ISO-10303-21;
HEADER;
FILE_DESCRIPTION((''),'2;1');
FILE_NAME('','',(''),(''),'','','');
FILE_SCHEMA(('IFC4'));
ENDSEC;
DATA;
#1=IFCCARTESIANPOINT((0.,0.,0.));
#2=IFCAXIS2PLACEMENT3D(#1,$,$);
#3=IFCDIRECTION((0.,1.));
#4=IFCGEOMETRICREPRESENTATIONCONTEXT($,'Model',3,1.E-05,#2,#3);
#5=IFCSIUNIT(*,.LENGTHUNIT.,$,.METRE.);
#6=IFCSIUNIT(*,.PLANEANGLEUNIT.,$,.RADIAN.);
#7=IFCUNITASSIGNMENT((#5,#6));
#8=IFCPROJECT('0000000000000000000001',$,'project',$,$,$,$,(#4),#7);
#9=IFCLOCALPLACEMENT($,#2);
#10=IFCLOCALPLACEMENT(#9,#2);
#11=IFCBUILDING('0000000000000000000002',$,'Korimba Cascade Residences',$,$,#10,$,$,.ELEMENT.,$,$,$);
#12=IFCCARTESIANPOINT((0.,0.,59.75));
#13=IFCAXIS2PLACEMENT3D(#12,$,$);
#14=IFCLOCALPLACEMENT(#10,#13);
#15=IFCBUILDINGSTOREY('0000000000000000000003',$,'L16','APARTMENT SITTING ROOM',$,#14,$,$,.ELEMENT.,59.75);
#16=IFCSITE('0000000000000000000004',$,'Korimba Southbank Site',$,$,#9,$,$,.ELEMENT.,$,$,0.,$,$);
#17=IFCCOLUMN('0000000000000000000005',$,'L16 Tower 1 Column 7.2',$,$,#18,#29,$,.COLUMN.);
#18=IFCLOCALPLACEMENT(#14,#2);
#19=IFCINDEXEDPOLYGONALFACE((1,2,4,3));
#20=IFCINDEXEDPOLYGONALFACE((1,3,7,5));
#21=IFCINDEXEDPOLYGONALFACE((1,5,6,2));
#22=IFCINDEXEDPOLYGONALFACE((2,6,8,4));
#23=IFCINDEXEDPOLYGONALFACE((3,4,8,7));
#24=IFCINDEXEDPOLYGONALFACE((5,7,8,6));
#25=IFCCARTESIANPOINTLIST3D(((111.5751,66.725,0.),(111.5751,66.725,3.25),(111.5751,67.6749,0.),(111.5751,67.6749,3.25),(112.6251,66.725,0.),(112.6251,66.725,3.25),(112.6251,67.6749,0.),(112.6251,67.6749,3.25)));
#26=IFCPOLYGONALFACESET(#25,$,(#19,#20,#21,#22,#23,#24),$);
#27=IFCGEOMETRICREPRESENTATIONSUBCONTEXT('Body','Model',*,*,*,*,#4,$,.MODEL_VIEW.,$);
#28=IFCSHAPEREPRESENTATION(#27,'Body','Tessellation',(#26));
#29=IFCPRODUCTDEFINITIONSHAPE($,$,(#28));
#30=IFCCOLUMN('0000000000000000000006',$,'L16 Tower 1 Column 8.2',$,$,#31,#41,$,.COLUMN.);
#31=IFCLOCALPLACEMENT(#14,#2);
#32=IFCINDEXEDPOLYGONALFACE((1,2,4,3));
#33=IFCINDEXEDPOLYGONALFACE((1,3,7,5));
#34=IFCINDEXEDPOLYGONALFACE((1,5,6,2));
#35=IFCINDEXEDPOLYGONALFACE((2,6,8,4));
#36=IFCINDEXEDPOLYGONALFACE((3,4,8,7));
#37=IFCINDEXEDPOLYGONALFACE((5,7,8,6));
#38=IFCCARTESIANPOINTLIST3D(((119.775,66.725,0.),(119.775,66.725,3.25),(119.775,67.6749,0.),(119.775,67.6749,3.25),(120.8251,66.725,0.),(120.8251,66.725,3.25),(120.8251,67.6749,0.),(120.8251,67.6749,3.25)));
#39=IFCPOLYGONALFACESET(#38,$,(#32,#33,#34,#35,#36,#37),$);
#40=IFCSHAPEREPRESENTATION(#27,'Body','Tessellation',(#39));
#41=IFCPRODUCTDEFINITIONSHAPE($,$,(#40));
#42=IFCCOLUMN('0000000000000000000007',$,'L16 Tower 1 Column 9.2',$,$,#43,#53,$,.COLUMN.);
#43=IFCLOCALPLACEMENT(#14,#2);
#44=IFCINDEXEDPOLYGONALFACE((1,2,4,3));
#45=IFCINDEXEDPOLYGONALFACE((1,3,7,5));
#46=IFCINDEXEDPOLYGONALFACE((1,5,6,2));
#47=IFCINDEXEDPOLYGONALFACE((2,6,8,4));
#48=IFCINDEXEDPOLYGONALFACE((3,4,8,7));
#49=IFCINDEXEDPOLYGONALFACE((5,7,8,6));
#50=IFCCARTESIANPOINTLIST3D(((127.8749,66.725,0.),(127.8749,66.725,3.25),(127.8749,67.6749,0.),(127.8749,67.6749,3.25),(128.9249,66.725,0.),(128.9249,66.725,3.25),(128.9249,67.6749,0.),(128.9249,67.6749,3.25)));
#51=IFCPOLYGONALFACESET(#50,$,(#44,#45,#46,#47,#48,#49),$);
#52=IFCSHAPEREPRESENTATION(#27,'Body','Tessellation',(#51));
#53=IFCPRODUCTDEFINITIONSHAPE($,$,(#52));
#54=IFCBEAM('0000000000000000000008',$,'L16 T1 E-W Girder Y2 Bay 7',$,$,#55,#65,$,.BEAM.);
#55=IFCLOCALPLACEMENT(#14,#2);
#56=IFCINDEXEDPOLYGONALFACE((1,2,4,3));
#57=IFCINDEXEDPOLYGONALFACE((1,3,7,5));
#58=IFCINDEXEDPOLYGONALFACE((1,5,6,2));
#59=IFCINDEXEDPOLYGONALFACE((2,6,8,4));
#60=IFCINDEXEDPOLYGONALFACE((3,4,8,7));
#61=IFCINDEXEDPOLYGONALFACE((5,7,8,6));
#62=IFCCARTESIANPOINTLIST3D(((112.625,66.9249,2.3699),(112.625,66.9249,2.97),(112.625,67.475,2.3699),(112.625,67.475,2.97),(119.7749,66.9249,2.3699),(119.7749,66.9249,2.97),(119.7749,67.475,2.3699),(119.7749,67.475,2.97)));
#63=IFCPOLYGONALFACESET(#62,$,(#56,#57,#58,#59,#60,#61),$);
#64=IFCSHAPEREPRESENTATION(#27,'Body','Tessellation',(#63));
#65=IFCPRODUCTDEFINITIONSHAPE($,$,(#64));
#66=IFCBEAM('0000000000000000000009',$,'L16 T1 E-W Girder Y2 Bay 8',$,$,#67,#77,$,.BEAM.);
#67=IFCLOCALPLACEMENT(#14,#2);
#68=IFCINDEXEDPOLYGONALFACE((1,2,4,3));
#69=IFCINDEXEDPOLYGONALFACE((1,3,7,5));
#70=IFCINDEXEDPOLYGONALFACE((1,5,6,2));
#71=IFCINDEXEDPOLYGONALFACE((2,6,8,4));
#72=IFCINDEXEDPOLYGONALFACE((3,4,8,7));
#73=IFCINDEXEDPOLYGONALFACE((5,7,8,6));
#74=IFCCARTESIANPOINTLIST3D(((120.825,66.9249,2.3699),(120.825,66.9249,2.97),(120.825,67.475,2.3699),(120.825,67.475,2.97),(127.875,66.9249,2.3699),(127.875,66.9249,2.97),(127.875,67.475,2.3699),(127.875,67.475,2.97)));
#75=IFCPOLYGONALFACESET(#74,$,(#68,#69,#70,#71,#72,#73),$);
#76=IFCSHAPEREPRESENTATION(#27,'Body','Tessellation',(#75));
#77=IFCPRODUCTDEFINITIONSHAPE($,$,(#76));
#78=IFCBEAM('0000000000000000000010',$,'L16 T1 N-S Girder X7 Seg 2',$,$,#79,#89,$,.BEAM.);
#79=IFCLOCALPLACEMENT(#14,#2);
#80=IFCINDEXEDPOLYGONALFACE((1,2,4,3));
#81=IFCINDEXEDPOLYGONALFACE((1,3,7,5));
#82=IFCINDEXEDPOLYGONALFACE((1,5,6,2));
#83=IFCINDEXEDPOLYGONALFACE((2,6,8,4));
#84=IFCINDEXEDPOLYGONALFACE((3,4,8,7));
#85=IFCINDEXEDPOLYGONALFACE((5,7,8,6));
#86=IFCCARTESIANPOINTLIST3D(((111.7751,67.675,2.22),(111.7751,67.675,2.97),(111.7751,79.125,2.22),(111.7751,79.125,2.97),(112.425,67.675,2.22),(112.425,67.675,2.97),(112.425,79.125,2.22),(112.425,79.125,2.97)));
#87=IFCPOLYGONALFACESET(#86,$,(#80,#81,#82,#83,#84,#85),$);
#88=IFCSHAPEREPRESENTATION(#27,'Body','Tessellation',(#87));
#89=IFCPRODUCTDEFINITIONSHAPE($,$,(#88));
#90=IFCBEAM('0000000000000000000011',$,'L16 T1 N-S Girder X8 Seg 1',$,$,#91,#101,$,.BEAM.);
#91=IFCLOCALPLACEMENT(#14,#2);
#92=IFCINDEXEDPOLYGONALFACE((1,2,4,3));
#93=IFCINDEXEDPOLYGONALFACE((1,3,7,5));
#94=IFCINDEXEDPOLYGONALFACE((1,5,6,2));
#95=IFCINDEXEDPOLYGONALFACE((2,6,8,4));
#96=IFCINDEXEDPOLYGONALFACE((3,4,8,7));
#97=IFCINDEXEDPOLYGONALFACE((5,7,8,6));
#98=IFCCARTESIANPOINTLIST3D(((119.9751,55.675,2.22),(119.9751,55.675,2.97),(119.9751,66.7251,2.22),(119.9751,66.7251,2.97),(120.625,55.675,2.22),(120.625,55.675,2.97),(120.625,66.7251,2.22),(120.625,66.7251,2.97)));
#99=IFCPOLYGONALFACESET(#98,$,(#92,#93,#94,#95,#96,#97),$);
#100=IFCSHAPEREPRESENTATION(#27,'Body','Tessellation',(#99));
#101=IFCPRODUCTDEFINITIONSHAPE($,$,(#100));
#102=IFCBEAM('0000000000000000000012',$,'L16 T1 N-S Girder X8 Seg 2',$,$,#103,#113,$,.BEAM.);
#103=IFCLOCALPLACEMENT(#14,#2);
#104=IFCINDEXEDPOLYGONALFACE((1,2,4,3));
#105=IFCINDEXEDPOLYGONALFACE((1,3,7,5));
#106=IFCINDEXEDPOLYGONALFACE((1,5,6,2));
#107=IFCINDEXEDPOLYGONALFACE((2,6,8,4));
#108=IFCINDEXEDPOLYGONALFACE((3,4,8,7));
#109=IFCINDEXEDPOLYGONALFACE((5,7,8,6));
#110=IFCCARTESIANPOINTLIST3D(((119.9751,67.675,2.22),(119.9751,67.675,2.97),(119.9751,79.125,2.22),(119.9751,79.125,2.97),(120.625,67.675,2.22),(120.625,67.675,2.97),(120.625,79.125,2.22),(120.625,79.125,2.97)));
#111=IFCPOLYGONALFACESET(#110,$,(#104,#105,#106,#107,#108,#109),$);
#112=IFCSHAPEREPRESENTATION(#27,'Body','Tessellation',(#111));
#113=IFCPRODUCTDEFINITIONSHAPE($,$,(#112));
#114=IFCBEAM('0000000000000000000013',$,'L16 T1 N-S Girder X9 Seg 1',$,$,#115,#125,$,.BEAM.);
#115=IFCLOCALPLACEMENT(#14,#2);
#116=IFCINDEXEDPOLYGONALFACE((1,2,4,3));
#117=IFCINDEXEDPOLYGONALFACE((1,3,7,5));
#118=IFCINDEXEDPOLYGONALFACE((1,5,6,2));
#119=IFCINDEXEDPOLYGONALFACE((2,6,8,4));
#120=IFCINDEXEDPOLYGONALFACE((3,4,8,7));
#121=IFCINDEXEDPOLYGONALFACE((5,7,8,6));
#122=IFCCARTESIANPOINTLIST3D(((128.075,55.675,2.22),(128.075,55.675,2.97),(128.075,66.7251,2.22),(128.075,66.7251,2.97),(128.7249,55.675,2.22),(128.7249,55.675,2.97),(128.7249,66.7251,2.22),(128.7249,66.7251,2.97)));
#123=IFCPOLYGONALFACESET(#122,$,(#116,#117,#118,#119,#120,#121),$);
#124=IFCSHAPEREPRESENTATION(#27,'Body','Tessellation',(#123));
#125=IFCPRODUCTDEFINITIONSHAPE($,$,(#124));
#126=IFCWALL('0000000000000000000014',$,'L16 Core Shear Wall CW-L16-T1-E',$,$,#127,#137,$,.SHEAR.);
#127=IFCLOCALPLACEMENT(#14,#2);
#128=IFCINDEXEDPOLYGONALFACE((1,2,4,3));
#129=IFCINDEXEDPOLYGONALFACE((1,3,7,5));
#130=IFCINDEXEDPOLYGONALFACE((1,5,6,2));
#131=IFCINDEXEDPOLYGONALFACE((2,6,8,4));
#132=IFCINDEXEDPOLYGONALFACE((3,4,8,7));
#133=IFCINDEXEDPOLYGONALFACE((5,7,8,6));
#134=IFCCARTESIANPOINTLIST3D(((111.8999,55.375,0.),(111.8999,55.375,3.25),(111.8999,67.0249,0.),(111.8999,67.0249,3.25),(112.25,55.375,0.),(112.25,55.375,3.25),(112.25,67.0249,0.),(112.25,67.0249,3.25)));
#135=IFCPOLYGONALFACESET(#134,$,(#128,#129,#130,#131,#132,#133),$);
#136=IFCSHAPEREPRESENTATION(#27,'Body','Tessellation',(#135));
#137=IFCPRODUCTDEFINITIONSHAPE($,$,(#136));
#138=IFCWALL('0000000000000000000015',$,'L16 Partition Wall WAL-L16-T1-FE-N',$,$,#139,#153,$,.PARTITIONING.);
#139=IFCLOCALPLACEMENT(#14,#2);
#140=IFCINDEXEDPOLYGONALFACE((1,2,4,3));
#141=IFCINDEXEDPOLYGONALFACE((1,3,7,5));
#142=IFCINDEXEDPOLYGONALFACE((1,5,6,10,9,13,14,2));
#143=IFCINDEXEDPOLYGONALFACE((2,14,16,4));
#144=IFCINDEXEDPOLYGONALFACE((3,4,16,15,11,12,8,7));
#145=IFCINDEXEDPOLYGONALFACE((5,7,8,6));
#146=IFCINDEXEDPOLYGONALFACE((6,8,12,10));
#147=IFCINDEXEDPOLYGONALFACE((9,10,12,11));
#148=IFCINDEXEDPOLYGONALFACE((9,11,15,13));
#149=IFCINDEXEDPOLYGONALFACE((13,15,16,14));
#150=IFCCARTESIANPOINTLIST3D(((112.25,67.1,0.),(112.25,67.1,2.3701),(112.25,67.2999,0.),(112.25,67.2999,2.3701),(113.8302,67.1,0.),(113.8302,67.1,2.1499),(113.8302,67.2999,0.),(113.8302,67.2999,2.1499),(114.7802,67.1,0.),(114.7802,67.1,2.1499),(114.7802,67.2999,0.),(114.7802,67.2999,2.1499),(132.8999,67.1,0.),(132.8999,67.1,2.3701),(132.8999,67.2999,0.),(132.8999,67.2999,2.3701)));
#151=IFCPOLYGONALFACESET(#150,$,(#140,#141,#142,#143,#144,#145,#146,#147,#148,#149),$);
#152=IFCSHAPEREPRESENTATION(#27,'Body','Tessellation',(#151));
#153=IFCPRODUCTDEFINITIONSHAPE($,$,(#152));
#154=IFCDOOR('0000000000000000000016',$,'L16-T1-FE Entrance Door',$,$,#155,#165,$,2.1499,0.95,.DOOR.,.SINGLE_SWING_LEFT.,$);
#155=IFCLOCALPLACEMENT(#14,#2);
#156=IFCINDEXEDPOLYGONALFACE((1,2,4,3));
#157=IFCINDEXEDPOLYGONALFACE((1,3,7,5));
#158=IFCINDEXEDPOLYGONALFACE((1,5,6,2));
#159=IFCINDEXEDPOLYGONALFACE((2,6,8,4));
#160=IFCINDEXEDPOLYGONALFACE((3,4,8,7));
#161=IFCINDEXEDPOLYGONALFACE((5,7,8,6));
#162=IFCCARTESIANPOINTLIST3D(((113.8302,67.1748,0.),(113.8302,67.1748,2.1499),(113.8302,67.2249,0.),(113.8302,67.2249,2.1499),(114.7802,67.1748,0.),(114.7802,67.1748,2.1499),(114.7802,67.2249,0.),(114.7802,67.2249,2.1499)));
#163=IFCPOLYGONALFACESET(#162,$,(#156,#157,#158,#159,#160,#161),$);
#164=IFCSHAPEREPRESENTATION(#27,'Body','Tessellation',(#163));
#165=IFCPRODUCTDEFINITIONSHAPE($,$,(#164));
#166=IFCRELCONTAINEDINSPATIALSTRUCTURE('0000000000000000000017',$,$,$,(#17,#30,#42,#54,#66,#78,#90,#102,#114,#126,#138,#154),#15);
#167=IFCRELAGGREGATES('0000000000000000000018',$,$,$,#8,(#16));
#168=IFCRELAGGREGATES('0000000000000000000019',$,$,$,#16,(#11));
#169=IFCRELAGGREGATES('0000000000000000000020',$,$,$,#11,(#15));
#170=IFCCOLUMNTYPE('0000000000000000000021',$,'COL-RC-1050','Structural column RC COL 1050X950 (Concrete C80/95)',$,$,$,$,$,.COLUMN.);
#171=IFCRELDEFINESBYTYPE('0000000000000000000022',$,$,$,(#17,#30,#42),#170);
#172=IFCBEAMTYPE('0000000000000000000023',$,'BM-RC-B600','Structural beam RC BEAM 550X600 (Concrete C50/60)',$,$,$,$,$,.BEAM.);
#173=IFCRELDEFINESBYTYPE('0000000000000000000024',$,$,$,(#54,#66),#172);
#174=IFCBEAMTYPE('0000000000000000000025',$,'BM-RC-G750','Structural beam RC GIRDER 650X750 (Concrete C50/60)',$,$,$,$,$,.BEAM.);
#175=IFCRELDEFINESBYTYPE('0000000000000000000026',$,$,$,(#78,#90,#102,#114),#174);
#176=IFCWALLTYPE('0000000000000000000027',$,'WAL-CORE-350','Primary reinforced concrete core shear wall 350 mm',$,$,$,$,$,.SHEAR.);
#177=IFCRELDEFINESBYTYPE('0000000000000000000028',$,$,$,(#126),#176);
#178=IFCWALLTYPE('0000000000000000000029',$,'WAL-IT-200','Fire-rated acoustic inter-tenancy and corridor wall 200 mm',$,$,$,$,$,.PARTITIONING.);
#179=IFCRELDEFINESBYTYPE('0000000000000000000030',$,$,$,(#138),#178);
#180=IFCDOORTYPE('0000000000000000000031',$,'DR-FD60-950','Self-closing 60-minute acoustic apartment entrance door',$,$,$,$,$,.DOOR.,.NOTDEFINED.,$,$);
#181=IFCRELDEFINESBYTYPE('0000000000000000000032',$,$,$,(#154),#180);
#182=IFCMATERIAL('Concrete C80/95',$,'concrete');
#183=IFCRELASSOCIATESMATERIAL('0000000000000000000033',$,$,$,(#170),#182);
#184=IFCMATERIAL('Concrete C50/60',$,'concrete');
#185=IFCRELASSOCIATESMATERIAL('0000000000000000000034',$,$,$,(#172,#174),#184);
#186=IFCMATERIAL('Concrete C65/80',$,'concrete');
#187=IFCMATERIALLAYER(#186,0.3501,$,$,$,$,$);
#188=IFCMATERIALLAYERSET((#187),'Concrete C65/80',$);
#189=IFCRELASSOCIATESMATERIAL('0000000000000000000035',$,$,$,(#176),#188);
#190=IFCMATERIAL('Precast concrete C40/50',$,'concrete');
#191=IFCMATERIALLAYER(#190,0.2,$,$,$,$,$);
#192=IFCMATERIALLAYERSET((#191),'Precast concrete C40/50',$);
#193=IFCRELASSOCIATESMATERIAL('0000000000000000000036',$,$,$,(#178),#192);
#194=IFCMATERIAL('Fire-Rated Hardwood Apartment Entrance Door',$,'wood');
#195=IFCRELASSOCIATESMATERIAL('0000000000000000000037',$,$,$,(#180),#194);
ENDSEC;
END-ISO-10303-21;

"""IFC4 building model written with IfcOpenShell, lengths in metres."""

from ifc_helpers import new_model, si_unit, direction, frame, frame_2d, origin, origin_2d, place, context, subcontext, project, spatial, rectangle, extrude, material, layer, layer_set, material_profile, profile_set, type_object, element, fill, save


model = new_model("IFC4")

# Units and contexts
model_context = context("Model", 3, precision=1e-05, world=origin(), true_north=direction((0.0, 1.0)))
body_context = subcontext(model_context, "Body", "Model", "MODEL_VIEW")
ifc_project = project(units=[si_unit("LENGTHUNIT", "METRE"), si_unit("PLANEANGLEUNIT", "RADIAN")], contexts=[model_context])

# Site, building, storey
site_placement = place(None, origin())
site = spatial("IfcSite", under=ifc_project, at=site_placement, Name="Korimba Southbank Site", CompositionType="ELEMENT", RefElevation=0.0)
building_placement = place(site_placement, origin())
building = spatial("IfcBuilding", under=site, at=building_placement, Name="Korimba Cascade Residences", CompositionType="ELEMENT")
storey_placement = place(building_placement, frame((0.0, 0.0, 59.75)))
storey = spatial("IfcBuildingStorey", under=building, at=storey_placement, Name="L16", Description="APARTMENT SITTING ROOM", CompositionType="ELEMENT", Elevation=59.75)

# Columns
ifc_material_1 = material(Name="Concrete C80/95", Category="concrete")
ifc_material_profile_1 = material_profile(ifc_material_1, rectangle(XDim=1.05, YDim=0.95, at=origin_2d()), Name="Concrete C80/95")
ifc_profile_set_1 = profile_set([ifc_material_profile_1], Name="Concrete C80/95")
column_type = type_object("IfcColumnType", Name="COL-RC-1050", Description="Structural column RC COL 1050X950 (Concrete C80/95)", PredefinedType="COLUMN", material=ifc_profile_set_1)
for number, where, z_axis, x_axis, name in (
    (1, (112.1001, 67.2, 0.0), (0.0, 0.0, 1.0), (1.0, 0.0, 0.0), "L16 Tower 1 Column 7.2"),
    (2, (120.3, 67.2, 0.0), (0.0, 0.0, 1.0), (1.0, 0.0, 0.0), "L16 Tower 1 Column 8.2"),
    (3, (128.3999, 67.2, 0.0), (0.0, 0.0, 1.0), (1.0, 0.0, 0.0), "L16 Tower 1 Column 9.2"),
):
    element("IfcColumn", number, at=place(storey_placement, frame(where, z_axis=z_axis, x_axis=x_axis)), inside=storey, type_object=column_type, Name=name, PredefinedType="COLUMN", context=body_context, shape_type="SweptSolid", body=[
        extrude(rectangle(XDim=1.05, YDim=0.95, at=origin_2d()), origin(), (0.0, 0.0, 1.0), 3.25),
    ])

# Beams
ifc_material_2 = material(Name="Concrete C50/60", Category="concrete")
ifc_material_profile_2 = material_profile(ifc_material_2, rectangle(XDim=0.55, YDim=0.6001, at=origin_2d()), Name="Concrete C50/60")
ifc_profile_set_2 = profile_set([ifc_material_profile_2], Name="Concrete C50/60")
beam_type_1 = type_object("IfcBeamType", Name="BM-RC-B600", Description="Structural beam RC BEAM 550X600 (Concrete C50/60)", PredefinedType="BEAM", material=ifc_profile_set_2)
beam_1_placement = place(storey_placement, frame((112.625, 67.2, 2.6699), z_axis=(1.0, 0.0, 0.0), x_axis=(0.0, 1.0, 0.0)))
element("IfcBeam", 4, at=beam_1_placement, inside=storey, type_object=beam_type_1, Name="L16 T1 E-W Girder Y2 Bay 7", PredefinedType="BEAM", context=body_context, shape_type="SweptSolid", body=[
    extrude(rectangle(XDim=0.55, YDim=0.6001, at=origin_2d()), origin(), (0.0, 0.0, 1.0), 7.1499),
])
beam_2_placement = place(storey_placement, frame((120.825, 67.2, 2.6699), z_axis=(1.0, 0.0, 0.0), x_axis=(0.0, 1.0, 0.0)))
element("IfcBeam", 5, at=beam_2_placement, inside=storey, type_object=beam_type_1, Name="L16 T1 E-W Girder Y2 Bay 8", PredefinedType="BEAM", context=body_context, shape_type="SweptSolid", body=[
    extrude(rectangle(XDim=0.55, YDim=0.6001, at=origin_2d()), origin(), (0.0, 0.0, 1.0), 7.05),
])
ifc_material_profile_3 = material_profile(ifc_material_2, rectangle(XDim=0.6499, YDim=0.75, at=origin_2d()), Name="Concrete C50/60")
ifc_profile_set_3 = profile_set([ifc_material_profile_3], Name="Concrete C50/60")
beam_type_2 = type_object("IfcBeamType", Name="BM-RC-G750", Description="Structural beam RC GIRDER 650X750 (Concrete C50/60)", PredefinedType="BEAM", material=ifc_profile_set_3)
beam_3_placement = place(storey_placement, frame((112.1001, 67.675, 2.595), z_axis=(0.0, 1.0, 0.0), x_axis=(-1.0, 0.0, 0.0)))
element("IfcBeam", 6, at=beam_3_placement, inside=storey, type_object=beam_type_2, Name="L16 T1 N-S Girder X7 Seg 2", PredefinedType="BEAM", context=body_context, shape_type="SweptSolid", body=[
    extrude(rectangle(XDim=0.6499, YDim=0.75, at=origin_2d()), origin(), (0.0, 0.0, 1.0), 11.45),
])
beam_4_placement = place(storey_placement, frame((120.3, 55.675, 2.595), z_axis=(0.0, 1.0, 0.0), x_axis=(-1.0, 0.0, 0.0)))
element("IfcBeam", 7, at=beam_4_placement, inside=storey, type_object=beam_type_2, Name="L16 T1 N-S Girder X8 Seg 1", PredefinedType="BEAM", context=body_context, shape_type="SweptSolid", body=[
    extrude(rectangle(XDim=0.6499, YDim=0.75, at=origin_2d()), origin(), (0.0, 0.0, 1.0), 11.05),
])
beam_5_placement = place(storey_placement, frame((120.3, 67.675, 2.595), z_axis=(0.0, 1.0, 0.0), x_axis=(-1.0, 0.0, 0.0)))
element("IfcBeam", 8, at=beam_5_placement, inside=storey, type_object=beam_type_2, Name="L16 T1 N-S Girder X8 Seg 2", PredefinedType="BEAM", context=body_context, shape_type="SweptSolid", body=[
    extrude(rectangle(XDim=0.6499, YDim=0.75, at=origin_2d()), origin(), (0.0, 0.0, 1.0), 11.45),
])
beam_6_placement = place(storey_placement, frame((128.3999, 55.675, 2.595), z_axis=(0.0, 1.0, 0.0), x_axis=(-1.0, 0.0, 0.0)))
element("IfcBeam", 9, at=beam_6_placement, inside=storey, type_object=beam_type_2, Name="L16 T1 N-S Girder X9 Seg 1", PredefinedType="BEAM", context=body_context, shape_type="SweptSolid", body=[
    extrude(rectangle(XDim=0.6499, YDim=0.75, at=origin_2d()), origin(), (0.0, 0.0, 1.0), 11.05),
])

# Wall
ifc_material_3 = material(Name="Concrete C65/80", Category="concrete")
ifc_layer_1 = layer(ifc_material_3, 0.3501)
ifc_layer_set_1 = layer_set([ifc_layer_1], Name="Concrete C65/80")
wall_type_1 = type_object("IfcWallType", Name="WAL-CORE-350", Description="Primary reinforced concrete core shear wall 350 mm", PredefinedType="SHEAR", material=ifc_layer_set_1)
wall_1_placement = place(storey_placement, frame((112.075, 55.375, 0.0), z_axis=(0.0, 0.0, 1.0), x_axis=(0.0, 1.0, 0.0)))
element("IfcWall", 10, at=wall_1_placement, inside=storey, type_object=wall_type_1, Name="L16 Core Shear Wall CW-L16-T1-E", PredefinedType="SHEAR", context=body_context, shape_type="SweptSolid", body=[
    extrude(rectangle(XDim=11.6499, YDim=0.3501, at=frame_2d((5.825, 0.0))), origin(), (0.0, 0.0, 1.0), 3.25),
])

# Wall, opening, door
ifc_material_4 = material(Name="Precast concrete C40/50", Category="concrete")
ifc_layer_2 = layer(ifc_material_4, 0.2)
ifc_layer_set_2 = layer_set([ifc_layer_2], Name="Precast concrete C40/50")
wall_type_2 = type_object("IfcWallType", Name="WAL-IT-200", Description="Fire-rated acoustic inter-tenancy and corridor wall 200 mm", PredefinedType="PARTITIONING", material=ifc_layer_set_2)
wall_2_placement = place(storey_placement, frame((112.25, 67.2, 0.0), z_axis=(0.0, 0.0, 1.0), x_axis=(1.0, 0.0, 0.0)))
wall_2 = element("IfcWall", 11, at=wall_2_placement, inside=storey, type_object=wall_type_2, Name="L16 Partition Wall WAL-L16-T1-FE-N", PredefinedType="PARTITIONING", context=body_context, shape_type="SweptSolid", body=[
    extrude(rectangle(XDim=20.6499, YDim=0.2, at=frame_2d((10.325, 0.0))), origin(), (0.0, 0.0, 1.0), 2.3701),
])
opening_1_placement = place(wall_2_placement, frame((1.5801, 0.0, 0.0)))
opening_1 = element("IfcOpeningElement", 12, at=opening_1_placement, cuts=wall_2, PredefinedType="OPENING", context=body_context, shape_type="SweptSolid", body=[
    extrude(rectangle(XDim=0.95, YDim=2.1499, at=frame_2d((0.4751, 1.075))), frame((0.0, 0.1099, 0.0), z_axis=(0.0, -1.0, 0.0), x_axis=(1.0, 0.0, 0.0)), (0.0, 0.0, 1.0), 0.22),
])
ifc_material_5 = material(Name="Fire-Rated Hardwood Apartment Entrance Door", Category="wood")
door_type_1 = type_object("IfcDoorType", Name="DR-FD60-950", Description="Self-closing 60-minute acoustic apartment entrance door", OperationType="NOTDEFINED", PredefinedType="DOOR", material=ifc_material_5)
door_1_placement = place(opening_1_placement, origin())
door_1 = element("IfcDoor", 13, at=door_1_placement, inside=storey, type_object=door_type_1, Name="L16-T1-FE Entrance Door", OperationType="SINGLE_SWING_LEFT", OverallHeight=2.1499, OverallWidth=0.95, PredefinedType="DOOR", context=body_context, shape_type="SweptSolid", body=[
    extrude(rectangle(XDim=0.95, YDim=2.1499, at=frame_2d((0.4751, 1.075))), frame((0.0, 0.0249, 0.0), z_axis=(0.0, -1.0, 0.0), x_axis=(1.0, 0.0, 0.0)), (0.0, 0.0, 1.0), 0.05),
])
fill(opening_1, door_1)

save(model, "model.ifc")
